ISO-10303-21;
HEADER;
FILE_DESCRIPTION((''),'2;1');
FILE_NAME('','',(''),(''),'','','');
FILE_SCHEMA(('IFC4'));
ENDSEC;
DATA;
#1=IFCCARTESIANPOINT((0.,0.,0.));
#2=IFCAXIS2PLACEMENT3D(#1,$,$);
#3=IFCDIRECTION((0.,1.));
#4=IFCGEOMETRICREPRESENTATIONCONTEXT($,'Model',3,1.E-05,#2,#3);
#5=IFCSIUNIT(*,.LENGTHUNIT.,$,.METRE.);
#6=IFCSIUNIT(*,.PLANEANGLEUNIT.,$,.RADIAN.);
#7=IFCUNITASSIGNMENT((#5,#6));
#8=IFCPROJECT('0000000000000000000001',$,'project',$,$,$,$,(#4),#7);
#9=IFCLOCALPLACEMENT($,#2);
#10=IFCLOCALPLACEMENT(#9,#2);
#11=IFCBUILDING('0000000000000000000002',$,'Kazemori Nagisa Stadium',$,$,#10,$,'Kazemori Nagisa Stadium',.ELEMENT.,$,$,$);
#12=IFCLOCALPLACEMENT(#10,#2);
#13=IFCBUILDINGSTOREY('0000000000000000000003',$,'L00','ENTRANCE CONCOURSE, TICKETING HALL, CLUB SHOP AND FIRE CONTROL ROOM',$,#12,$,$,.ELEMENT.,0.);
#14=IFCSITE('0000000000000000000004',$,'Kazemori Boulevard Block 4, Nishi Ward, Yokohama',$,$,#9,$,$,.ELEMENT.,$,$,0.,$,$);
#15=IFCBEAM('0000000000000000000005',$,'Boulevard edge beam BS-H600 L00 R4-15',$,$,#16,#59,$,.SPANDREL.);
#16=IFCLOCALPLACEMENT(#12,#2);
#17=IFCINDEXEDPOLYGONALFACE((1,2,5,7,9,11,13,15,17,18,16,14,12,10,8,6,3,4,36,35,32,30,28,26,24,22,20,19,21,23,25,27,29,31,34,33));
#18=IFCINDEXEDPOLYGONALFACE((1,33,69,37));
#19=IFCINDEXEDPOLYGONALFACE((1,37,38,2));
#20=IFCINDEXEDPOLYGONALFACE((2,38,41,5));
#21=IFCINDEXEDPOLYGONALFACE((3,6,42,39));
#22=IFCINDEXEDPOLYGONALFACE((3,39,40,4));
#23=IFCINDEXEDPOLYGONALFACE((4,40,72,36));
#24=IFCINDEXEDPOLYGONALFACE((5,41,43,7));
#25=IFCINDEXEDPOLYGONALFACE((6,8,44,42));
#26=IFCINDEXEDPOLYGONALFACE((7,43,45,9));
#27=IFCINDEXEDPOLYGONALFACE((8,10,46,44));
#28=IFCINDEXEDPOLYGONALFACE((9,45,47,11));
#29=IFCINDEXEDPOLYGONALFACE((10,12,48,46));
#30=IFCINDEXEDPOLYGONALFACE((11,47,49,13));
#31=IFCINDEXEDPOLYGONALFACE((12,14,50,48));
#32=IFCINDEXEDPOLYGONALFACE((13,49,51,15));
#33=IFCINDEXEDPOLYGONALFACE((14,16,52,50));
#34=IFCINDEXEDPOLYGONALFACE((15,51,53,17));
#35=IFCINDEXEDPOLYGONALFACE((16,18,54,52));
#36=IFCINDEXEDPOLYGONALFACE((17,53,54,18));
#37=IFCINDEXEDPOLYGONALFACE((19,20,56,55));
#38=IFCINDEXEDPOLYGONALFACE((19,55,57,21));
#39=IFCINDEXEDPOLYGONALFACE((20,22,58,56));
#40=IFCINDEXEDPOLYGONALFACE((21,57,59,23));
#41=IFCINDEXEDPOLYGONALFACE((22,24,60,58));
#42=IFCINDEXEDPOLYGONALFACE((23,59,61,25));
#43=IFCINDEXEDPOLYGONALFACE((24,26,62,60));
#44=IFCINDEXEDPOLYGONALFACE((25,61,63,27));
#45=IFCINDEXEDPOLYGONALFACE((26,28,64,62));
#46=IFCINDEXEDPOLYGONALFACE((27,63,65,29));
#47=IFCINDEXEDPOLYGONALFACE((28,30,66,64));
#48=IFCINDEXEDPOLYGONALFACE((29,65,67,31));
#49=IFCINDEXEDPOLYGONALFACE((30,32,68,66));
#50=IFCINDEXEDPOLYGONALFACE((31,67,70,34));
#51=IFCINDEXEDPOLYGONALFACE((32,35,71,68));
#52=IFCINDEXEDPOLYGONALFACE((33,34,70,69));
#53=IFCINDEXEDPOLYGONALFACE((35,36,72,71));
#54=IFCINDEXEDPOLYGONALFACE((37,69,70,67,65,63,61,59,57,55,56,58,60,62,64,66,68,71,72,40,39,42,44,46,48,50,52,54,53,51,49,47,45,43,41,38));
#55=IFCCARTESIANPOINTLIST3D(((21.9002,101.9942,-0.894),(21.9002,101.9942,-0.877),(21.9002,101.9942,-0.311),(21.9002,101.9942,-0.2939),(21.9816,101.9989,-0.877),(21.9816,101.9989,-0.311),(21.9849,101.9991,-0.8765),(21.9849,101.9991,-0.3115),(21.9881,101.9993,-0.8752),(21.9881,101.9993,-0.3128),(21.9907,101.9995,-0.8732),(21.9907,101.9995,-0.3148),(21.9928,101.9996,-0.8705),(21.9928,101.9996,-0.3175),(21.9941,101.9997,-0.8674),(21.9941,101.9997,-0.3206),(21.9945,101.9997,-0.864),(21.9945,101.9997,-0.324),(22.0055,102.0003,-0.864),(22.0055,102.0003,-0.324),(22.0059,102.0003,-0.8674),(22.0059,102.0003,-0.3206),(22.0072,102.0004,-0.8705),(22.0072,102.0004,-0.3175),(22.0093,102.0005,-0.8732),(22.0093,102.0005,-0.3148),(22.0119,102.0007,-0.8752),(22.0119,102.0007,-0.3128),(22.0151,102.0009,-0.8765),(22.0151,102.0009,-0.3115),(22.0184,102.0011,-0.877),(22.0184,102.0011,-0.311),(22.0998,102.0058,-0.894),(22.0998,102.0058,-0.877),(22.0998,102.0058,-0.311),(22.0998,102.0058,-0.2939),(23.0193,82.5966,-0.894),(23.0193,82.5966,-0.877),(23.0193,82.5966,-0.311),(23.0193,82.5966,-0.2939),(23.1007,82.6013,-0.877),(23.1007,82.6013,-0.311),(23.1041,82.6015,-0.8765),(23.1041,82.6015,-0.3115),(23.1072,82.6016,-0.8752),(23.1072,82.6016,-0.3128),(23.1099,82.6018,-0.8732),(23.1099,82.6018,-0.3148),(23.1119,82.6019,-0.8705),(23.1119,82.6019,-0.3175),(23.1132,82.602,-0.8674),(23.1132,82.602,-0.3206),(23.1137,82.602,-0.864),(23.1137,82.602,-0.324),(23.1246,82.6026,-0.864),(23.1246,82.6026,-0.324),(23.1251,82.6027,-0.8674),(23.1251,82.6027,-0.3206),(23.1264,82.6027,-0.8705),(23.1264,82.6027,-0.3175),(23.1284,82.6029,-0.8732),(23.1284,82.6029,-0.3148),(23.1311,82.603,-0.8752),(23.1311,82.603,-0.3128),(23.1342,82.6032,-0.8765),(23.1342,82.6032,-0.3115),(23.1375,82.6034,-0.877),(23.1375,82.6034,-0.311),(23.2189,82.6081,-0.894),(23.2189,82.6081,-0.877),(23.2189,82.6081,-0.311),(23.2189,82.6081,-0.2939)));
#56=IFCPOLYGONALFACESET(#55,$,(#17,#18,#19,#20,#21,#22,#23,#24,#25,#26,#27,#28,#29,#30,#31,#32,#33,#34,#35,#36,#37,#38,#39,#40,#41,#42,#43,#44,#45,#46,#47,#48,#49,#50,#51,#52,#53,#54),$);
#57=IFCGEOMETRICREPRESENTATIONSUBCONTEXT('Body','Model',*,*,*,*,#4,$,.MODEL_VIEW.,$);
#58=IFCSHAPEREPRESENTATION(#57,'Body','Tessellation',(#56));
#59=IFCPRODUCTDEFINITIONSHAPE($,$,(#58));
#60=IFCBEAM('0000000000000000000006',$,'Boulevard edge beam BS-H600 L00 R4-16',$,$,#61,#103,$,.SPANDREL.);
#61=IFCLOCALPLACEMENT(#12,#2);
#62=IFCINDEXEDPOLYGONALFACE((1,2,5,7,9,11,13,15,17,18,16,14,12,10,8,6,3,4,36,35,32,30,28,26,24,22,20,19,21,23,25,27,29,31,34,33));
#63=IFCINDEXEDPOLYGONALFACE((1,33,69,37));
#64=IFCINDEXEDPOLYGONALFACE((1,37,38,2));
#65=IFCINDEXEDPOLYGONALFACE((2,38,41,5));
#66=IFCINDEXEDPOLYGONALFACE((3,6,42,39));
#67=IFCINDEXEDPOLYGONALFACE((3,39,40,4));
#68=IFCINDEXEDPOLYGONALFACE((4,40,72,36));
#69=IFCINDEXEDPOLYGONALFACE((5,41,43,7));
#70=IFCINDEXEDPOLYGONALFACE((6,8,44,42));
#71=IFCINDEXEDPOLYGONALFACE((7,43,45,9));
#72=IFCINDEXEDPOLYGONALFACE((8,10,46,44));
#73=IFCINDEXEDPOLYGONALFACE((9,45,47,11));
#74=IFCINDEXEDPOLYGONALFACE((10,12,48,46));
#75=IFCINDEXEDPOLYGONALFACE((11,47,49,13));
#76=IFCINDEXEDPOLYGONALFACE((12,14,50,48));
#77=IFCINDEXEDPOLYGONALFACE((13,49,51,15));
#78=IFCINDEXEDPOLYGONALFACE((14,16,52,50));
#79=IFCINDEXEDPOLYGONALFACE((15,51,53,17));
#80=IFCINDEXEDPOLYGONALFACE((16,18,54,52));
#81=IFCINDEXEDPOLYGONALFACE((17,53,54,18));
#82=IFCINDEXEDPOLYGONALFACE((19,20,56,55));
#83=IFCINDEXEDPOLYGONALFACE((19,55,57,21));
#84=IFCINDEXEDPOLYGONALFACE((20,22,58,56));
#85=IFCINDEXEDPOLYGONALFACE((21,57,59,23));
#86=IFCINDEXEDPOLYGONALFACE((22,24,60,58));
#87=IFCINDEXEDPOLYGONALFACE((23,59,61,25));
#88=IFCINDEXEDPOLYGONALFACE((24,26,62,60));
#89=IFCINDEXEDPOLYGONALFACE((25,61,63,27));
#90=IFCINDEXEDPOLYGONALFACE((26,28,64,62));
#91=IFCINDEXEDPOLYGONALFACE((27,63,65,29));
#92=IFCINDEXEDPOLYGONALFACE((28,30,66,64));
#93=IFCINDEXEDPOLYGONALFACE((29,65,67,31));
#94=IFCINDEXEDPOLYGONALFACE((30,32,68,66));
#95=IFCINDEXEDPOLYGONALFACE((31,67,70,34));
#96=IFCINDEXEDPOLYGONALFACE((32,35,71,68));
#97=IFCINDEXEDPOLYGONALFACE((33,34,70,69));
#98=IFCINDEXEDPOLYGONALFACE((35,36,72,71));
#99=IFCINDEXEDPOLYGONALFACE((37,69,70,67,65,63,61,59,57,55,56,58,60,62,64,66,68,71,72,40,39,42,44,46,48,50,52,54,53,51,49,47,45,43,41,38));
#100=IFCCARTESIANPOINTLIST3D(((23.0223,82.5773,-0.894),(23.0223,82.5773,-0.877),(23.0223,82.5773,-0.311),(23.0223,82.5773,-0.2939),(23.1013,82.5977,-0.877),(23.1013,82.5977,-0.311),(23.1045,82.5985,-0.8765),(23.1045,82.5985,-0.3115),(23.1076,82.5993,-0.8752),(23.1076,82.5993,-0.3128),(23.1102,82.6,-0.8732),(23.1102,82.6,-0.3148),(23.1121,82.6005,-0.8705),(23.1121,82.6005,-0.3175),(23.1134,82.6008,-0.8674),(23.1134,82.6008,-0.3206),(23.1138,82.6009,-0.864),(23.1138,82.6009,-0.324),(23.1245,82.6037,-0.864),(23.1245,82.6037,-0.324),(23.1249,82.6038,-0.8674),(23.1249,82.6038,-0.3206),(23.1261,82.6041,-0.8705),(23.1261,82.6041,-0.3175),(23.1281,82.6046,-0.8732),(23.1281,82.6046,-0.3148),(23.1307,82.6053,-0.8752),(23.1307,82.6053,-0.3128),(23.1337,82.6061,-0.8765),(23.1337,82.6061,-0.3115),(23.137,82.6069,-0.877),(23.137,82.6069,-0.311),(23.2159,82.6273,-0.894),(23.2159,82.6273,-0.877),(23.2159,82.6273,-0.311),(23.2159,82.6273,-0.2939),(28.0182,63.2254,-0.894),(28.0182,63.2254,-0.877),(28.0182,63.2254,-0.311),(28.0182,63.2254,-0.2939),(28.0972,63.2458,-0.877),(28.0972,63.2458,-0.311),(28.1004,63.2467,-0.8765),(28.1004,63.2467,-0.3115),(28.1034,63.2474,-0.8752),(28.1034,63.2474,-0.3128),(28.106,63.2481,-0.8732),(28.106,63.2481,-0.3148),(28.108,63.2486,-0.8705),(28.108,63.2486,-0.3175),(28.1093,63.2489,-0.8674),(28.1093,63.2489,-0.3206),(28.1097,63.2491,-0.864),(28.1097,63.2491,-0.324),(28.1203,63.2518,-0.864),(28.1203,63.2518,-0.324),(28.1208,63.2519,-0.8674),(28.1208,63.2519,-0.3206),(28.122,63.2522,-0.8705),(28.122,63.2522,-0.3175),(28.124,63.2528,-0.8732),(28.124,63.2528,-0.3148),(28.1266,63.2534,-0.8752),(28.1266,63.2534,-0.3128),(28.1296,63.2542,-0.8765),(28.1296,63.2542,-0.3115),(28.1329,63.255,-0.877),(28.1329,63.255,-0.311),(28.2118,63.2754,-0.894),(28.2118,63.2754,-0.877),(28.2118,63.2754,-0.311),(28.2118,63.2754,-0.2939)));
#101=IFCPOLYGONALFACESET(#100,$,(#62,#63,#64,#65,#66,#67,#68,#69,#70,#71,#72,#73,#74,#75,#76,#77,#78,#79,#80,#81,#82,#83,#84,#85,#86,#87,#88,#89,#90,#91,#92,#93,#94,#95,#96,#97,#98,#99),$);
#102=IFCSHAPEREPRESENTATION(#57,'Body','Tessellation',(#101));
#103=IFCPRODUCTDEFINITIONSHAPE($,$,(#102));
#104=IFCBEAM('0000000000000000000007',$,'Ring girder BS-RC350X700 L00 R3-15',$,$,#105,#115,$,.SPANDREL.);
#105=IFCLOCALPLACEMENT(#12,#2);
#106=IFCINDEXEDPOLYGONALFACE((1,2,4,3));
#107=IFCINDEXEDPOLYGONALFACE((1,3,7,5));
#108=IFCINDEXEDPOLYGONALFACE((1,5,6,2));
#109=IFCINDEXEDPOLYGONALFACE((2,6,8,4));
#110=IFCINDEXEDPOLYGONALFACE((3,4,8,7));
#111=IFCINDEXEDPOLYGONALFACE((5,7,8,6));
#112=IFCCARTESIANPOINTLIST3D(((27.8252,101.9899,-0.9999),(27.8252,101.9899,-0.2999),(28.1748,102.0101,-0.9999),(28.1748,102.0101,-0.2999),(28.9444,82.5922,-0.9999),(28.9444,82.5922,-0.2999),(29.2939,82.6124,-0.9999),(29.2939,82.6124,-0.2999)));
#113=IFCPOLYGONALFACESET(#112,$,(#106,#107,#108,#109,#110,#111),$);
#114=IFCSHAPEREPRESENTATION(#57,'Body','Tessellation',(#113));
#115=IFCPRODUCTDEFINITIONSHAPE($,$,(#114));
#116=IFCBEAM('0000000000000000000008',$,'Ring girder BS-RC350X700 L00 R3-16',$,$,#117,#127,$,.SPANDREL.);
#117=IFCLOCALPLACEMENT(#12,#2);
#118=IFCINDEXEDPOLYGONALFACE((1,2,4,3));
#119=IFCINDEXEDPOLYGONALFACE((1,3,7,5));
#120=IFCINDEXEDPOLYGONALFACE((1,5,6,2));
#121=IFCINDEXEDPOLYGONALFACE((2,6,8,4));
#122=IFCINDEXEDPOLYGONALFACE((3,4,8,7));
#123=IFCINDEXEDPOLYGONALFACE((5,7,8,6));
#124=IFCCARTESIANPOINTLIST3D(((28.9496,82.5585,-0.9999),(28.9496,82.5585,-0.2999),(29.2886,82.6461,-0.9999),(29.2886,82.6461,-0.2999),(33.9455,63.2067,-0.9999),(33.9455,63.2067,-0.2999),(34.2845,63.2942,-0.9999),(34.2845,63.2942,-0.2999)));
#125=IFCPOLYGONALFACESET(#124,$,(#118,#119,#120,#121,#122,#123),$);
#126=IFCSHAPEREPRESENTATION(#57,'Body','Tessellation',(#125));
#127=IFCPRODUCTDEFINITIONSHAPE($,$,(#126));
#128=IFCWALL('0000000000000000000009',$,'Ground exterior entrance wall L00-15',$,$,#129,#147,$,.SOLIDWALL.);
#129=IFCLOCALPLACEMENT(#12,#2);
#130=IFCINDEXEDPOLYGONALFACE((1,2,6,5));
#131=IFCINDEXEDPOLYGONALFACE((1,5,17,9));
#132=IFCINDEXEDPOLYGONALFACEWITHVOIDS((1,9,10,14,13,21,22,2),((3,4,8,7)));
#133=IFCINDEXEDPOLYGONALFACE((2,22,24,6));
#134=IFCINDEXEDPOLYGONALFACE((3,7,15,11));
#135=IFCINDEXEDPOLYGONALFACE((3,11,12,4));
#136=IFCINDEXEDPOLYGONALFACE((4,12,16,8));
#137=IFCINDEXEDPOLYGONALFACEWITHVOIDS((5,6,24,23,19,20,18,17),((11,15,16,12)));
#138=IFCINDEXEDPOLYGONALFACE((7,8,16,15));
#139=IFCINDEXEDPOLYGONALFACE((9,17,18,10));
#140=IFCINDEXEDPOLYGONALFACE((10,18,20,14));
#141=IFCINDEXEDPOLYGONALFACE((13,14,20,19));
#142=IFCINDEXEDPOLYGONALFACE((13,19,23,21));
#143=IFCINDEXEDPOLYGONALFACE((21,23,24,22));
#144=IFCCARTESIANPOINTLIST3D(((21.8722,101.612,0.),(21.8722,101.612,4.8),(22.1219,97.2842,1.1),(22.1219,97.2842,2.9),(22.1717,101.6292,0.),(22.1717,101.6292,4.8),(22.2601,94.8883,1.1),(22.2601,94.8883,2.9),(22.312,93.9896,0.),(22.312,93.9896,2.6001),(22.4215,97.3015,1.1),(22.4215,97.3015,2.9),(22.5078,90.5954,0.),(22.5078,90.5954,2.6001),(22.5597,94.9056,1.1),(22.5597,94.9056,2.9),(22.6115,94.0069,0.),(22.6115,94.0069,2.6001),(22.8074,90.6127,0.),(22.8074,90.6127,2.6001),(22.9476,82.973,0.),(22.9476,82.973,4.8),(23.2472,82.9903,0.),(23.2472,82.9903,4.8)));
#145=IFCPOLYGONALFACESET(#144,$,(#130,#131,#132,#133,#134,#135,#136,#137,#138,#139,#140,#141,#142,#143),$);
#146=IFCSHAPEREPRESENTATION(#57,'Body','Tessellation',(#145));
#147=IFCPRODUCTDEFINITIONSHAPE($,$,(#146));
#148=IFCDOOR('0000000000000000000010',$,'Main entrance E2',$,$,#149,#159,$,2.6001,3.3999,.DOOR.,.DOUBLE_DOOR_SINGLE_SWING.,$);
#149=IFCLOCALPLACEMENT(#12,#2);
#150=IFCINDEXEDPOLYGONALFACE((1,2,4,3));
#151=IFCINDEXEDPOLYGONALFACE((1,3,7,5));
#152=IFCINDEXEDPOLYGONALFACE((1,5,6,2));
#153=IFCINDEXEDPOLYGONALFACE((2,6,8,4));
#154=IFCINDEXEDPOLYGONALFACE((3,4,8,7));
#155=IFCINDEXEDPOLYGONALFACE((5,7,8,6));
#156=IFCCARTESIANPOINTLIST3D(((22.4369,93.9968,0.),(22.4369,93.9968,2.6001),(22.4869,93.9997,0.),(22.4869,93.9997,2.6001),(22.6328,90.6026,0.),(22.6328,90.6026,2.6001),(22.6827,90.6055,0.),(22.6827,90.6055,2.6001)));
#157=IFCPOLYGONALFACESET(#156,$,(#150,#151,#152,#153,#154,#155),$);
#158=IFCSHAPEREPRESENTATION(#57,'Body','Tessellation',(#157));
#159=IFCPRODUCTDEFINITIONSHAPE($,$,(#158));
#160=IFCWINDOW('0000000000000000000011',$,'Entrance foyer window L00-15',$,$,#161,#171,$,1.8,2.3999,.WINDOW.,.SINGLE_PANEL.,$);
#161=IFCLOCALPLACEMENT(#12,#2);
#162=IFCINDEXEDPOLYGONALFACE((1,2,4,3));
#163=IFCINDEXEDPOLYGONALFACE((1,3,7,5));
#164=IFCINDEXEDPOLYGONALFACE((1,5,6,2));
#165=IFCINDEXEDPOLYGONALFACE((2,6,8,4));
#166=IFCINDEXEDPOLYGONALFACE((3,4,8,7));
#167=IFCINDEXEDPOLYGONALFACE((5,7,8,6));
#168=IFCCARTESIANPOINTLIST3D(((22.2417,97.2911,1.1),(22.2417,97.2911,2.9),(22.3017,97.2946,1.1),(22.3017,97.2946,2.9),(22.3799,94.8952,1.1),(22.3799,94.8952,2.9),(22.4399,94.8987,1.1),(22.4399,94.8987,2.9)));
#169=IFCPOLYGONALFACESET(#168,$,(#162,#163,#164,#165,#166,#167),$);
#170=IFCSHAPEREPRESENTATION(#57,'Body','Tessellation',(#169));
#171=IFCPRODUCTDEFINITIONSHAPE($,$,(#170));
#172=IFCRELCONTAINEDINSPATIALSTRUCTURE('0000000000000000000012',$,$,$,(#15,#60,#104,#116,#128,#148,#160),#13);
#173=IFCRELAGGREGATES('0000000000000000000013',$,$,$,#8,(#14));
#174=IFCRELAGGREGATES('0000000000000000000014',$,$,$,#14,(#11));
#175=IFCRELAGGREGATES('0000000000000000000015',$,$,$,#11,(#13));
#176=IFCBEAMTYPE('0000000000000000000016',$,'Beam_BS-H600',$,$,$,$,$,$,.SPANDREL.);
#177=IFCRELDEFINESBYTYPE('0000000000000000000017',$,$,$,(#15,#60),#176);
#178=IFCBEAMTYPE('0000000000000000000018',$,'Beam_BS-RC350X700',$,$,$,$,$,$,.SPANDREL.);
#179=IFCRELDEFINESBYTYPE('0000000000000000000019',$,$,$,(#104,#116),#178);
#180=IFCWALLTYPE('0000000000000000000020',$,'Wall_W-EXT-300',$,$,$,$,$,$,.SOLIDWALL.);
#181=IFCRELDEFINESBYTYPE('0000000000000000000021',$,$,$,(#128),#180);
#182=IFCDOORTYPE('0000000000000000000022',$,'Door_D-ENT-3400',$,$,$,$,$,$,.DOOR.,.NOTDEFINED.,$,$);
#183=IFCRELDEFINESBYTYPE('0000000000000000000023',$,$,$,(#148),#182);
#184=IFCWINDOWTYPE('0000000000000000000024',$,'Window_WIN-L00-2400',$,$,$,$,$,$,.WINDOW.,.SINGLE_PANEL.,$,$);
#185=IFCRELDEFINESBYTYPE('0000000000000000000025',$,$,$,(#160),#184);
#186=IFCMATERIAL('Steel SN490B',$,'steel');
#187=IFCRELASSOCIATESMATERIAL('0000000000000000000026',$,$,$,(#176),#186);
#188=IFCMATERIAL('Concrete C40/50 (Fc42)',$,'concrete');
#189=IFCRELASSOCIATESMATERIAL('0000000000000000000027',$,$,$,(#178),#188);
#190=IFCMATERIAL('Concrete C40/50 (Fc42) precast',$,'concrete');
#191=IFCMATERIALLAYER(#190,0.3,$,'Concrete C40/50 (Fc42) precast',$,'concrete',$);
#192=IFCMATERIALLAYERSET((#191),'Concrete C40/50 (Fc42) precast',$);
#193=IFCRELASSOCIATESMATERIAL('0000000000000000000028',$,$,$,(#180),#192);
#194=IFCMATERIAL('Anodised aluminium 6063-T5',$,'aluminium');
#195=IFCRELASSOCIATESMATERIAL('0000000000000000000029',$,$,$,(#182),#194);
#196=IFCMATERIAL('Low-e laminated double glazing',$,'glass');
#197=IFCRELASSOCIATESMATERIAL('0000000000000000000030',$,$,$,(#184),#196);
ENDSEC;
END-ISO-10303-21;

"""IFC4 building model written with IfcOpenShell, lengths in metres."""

from ifc_helpers import new_model, si_unit, direction, frame, frame_2d, origin, origin_2d, place, context, subcontext, project, spatial, rectangle, i_section, extrude, material, layer, layer_set, material_profile, profile_set, type_object, element, fill, save


model = new_model("IFC4")

# Units and contexts
model_context = context("Model", 3, precision=1e-05, world=origin(), true_north=direction((0.0, 1.0)))
body_context = subcontext(model_context, "Body", "Model", "MODEL_VIEW")
ifc_project = project(units=[si_unit("LENGTHUNIT", "METRE"), si_unit("PLANEANGLEUNIT", "RADIAN")], contexts=[model_context])

# Site, building, storey
site_placement = place(None, origin())
site = spatial("IfcSite", under=ifc_project, at=site_placement, Name="Kazemori Boulevard Block 4, Nishi Ward, Yokohama", CompositionType="ELEMENT", RefElevation=0.0)
building_placement = place(site_placement, origin())
building = spatial("IfcBuilding", under=site, at=building_placement, Name="Kazemori Nagisa Stadium", LongName="Kazemori Nagisa Stadium", CompositionType="ELEMENT")
storey_placement = place(building_placement, origin())
storey = spatial("IfcBuildingStorey", under=building, at=storey_placement, Name="L00", Description="ENTRANCE CONCOURSE, TICKETING HALL, CLUB SHOP AND FIRE CONTROL ROOM", CompositionType="ELEMENT", Elevation=0.0)

# Shared definitions
ifc_material_1 = material(Name="Concrete C40/50 (Fc42)", Category="concrete")

# Beams
ifc_material_2 = material(Name="Steel SN490B", Category="steel")
ifc_material_profile_1 = material_profile(ifc_material_2, i_section(OverallWidth=0.2, OverallDepth=0.6001, WebThickness=0.011, FlangeThickness=0.0171, FilletRadius=0.0129, at=origin_2d()), Name="H-600x200x11x17")
ifc_profile_set_1 = profile_set([ifc_material_profile_1], Name="Steel SN490B")
beam_type_1 = type_object("IfcBeamType", Name="Beam_BS-H600", PredefinedType="SPANDREL", material=ifc_profile_set_1)
beam_1_placement = place(storey_placement, frame((22.0, 102.0, -0.594), z_axis=(0.057599, -0.99834, 0.0), x_axis=(0.99834, 0.057599, 0.0)))
element("IfcBeam", 1, at=beam_1_placement, inside=storey, type_object=beam_type_1, Name="Boulevard edge beam BS-H600 L00 R4-15", PredefinedType="SPANDREL", context=body_context, shape_type="SweptSolid", body=[
    extrude(i_section(OverallWidth=0.2, OverallDepth=0.6001, WebThickness=0.011, FlangeThickness=0.0171, FilletRadius=0.0129, at=origin_2d()), origin(), (0.0, 0.0, 1.0), 19.4299),
])
beam_2_placement = place(storey_placement, frame((23.1191, 82.6023, -0.594), z_axis=(0.249964, -0.968255, 0.0), x_axis=(0.968255, 0.249964, 0.0)))
element("IfcBeam", 2, at=beam_2_placement, inside=storey, type_object=beam_type_1, Name="Boulevard edge beam BS-H600 L00 R4-16", PredefinedType="SPANDREL", context=body_context, shape_type="SweptSolid", body=[
    extrude(i_section(OverallWidth=0.2, OverallDepth=0.6001, WebThickness=0.011, FlangeThickness=0.0171, FilletRadius=0.0129, at=origin_2d()), origin(), (0.0, 0.0, 1.0), 19.9863),
])
ifc_material_profile_2 = material_profile(ifc_material_1, rectangle(XDim=0.3501, YDim=0.7, at=origin_2d()), Name="RC-SP-350x700")
ifc_profile_set_2 = profile_set([ifc_material_profile_2], Name="Concrete C40/50 (Fc42)")
beam_type_2 = type_object("IfcBeamType", Name="Beam_BS-RC350X700", PredefinedType="SPANDREL", material=ifc_profile_set_2)
beam_3_placement = place(storey_placement, frame((28.0, 102.0, -0.6499), z_axis=(0.057599, -0.99834, 0.0), x_axis=(0.99834, 0.057599, 0.0)))
element("IfcBeam", 3, at=beam_3_placement, inside=storey, type_object=beam_type_2, Name="Ring girder BS-RC350X700 L00 R3-15", PredefinedType="SPANDREL", context=body_context, shape_type="SweptSolid", body=[
    extrude(rectangle(XDim=0.3501, YDim=0.7, at=origin_2d()), origin(), (0.0, 0.0, 1.0), 19.4299),
])
beam_4_placement = place(storey_placement, frame((29.1191, 82.6023, -0.6499), z_axis=(0.249964, -0.968255, 0.0), x_axis=(0.968255, 0.249964, 0.0)))
element("IfcBeam", 4, at=beam_4_placement, inside=storey, type_object=beam_type_2, Name="Ring girder BS-RC350X700 L00 R3-16", PredefinedType="SPANDREL", context=body_context, shape_type="SweptSolid", body=[
    extrude(rectangle(XDim=0.3501, YDim=0.7, at=origin_2d()), origin(), (0.0, 0.0, 1.0), 19.9863),
])

# Wall, openings, door, window
ifc_material_3 = material(Name="Concrete C40/50 (Fc42) precast", Category="concrete")
ifc_layer = layer(ifc_material_3, 0.3, Name="Concrete C40/50 (Fc42) precast", Category="concrete")
ifc_layer_set = layer_set([ifc_layer], Name="Concrete C40/50 (Fc42) precast")
wall_type = type_object("IfcWallType", Name="Wall_W-EXT-300", PredefinedType="SOLIDWALL", material=ifc_layer_set)
wall_1_placement = place(storey_placement, frame((22.022, 101.6206, 0.0), z_axis=(0.0, 0.0, 1.0), x_axis=(0.057603, -0.99834, 0.0)))
wall_1 = element("IfcWall", 5, at=wall_1_placement, inside=storey, type_object=wall_type, Name="Ground exterior entrance wall L00-15", PredefinedType="SOLIDWALL", context=body_context, shape_type="SweptSolid", body=[
    extrude(rectangle(XDim=18.6699, YDim=0.3, at=frame_2d((9.335, 0.0))), origin(), (0.0, 0.0, 1.0), 4.8),
])
opening_1_placement = place(wall_1_placement, frame((7.635, 0.0, 0.0)))
opening_1 = element("IfcOpeningElement", 6, at=opening_1_placement, cuts=wall_1, PredefinedType="OPENING", context=body_context, shape_type="SweptSolid", body=[
    extrude(rectangle(XDim=3.3999, YDim=2.6001, at=frame_2d((1.7, 1.3))), frame((0.0, 0.1599, 0.0), z_axis=(0.0, -1.0, 0.0), x_axis=(1.0, 0.0, 0.0)), (0.0, 0.0, 1.0), 0.3201),
])
opening_2_placement = place(wall_1_placement, frame((4.335, 0.0, 1.1001)))
opening_2 = element("IfcOpeningElement", 7, at=opening_2_placement, cuts=wall_1, PredefinedType="OPENING", context=body_context, shape_type="SweptSolid", body=[
    extrude(rectangle(XDim=2.3999, YDim=1.8, at=frame_2d((1.2, 0.8999))), frame((0.0, 0.1599, 0.0), z_axis=(0.0, -1.0, 0.0), x_axis=(1.0, 0.0, 0.0)), (0.0, 0.0, 1.0), 0.3201),
])
ifc_material_4 = material(Name="Anodised aluminium 6063-T5", Category="aluminium")
door_type = type_object("IfcDoorType", Name="Door_D-ENT-3400", OperationType="NOTDEFINED", PredefinedType="DOOR", material=ifc_material_4)
door_1_placement = place(opening_1_placement, frame((3.3999, 0.0, 0.0), z_axis=(0.0, 0.0, 1.0), x_axis=(-1.0, 0.0, 0.0)))
door_1 = element("IfcDoor", 8, at=door_1_placement, inside=storey, type_object=door_type, Name="Main entrance E2", OperationType="DOUBLE_DOOR_SINGLE_SWING", OverallHeight=2.6001, OverallWidth=3.3999, PredefinedType="DOOR", context=body_context, shape_type="SweptSolid", body=[
    extrude(rectangle(XDim=3.3999, YDim=2.6001, at=frame_2d((1.7, 1.3))), frame((0.0, 0.0249, 0.0), z_axis=(0.0, -1.0, 0.0), x_axis=(1.0, 0.0, 0.0)), (0.0, 0.0, 1.0), 0.05),
])
fill(opening_1, door_1)
ifc_material_5 = material(Name="Low-e laminated double glazing", Category="glass")
window_type = type_object("IfcWindowType", Name="Window_WIN-L00-2400", PartitioningType="SINGLE_PANEL", PredefinedType="WINDOW", material=ifc_material_5)
window_1_placement = place(opening_2_placement, origin())
window_1 = element("IfcWindow", 9, at=window_1_placement, inside=storey, type_object=window_type, Name="Entrance foyer window L00-15", OverallHeight=1.8, OverallWidth=2.3999, PartitioningType="SINGLE_PANEL", PredefinedType="WINDOW", context=body_context, shape_type="SweptSolid", body=[
    extrude(rectangle(XDim=2.3999, YDim=1.8, at=frame_2d((1.2, 0.8999))), frame((0.0, 0.03, 0.0), z_axis=(0.0, -1.0, 0.0), x_axis=(1.0, 0.0, 0.0)), (0.0, 0.0, 1.0), 0.0601),
])
fill(opening_2, window_1)

save(model, "model.ifc")
